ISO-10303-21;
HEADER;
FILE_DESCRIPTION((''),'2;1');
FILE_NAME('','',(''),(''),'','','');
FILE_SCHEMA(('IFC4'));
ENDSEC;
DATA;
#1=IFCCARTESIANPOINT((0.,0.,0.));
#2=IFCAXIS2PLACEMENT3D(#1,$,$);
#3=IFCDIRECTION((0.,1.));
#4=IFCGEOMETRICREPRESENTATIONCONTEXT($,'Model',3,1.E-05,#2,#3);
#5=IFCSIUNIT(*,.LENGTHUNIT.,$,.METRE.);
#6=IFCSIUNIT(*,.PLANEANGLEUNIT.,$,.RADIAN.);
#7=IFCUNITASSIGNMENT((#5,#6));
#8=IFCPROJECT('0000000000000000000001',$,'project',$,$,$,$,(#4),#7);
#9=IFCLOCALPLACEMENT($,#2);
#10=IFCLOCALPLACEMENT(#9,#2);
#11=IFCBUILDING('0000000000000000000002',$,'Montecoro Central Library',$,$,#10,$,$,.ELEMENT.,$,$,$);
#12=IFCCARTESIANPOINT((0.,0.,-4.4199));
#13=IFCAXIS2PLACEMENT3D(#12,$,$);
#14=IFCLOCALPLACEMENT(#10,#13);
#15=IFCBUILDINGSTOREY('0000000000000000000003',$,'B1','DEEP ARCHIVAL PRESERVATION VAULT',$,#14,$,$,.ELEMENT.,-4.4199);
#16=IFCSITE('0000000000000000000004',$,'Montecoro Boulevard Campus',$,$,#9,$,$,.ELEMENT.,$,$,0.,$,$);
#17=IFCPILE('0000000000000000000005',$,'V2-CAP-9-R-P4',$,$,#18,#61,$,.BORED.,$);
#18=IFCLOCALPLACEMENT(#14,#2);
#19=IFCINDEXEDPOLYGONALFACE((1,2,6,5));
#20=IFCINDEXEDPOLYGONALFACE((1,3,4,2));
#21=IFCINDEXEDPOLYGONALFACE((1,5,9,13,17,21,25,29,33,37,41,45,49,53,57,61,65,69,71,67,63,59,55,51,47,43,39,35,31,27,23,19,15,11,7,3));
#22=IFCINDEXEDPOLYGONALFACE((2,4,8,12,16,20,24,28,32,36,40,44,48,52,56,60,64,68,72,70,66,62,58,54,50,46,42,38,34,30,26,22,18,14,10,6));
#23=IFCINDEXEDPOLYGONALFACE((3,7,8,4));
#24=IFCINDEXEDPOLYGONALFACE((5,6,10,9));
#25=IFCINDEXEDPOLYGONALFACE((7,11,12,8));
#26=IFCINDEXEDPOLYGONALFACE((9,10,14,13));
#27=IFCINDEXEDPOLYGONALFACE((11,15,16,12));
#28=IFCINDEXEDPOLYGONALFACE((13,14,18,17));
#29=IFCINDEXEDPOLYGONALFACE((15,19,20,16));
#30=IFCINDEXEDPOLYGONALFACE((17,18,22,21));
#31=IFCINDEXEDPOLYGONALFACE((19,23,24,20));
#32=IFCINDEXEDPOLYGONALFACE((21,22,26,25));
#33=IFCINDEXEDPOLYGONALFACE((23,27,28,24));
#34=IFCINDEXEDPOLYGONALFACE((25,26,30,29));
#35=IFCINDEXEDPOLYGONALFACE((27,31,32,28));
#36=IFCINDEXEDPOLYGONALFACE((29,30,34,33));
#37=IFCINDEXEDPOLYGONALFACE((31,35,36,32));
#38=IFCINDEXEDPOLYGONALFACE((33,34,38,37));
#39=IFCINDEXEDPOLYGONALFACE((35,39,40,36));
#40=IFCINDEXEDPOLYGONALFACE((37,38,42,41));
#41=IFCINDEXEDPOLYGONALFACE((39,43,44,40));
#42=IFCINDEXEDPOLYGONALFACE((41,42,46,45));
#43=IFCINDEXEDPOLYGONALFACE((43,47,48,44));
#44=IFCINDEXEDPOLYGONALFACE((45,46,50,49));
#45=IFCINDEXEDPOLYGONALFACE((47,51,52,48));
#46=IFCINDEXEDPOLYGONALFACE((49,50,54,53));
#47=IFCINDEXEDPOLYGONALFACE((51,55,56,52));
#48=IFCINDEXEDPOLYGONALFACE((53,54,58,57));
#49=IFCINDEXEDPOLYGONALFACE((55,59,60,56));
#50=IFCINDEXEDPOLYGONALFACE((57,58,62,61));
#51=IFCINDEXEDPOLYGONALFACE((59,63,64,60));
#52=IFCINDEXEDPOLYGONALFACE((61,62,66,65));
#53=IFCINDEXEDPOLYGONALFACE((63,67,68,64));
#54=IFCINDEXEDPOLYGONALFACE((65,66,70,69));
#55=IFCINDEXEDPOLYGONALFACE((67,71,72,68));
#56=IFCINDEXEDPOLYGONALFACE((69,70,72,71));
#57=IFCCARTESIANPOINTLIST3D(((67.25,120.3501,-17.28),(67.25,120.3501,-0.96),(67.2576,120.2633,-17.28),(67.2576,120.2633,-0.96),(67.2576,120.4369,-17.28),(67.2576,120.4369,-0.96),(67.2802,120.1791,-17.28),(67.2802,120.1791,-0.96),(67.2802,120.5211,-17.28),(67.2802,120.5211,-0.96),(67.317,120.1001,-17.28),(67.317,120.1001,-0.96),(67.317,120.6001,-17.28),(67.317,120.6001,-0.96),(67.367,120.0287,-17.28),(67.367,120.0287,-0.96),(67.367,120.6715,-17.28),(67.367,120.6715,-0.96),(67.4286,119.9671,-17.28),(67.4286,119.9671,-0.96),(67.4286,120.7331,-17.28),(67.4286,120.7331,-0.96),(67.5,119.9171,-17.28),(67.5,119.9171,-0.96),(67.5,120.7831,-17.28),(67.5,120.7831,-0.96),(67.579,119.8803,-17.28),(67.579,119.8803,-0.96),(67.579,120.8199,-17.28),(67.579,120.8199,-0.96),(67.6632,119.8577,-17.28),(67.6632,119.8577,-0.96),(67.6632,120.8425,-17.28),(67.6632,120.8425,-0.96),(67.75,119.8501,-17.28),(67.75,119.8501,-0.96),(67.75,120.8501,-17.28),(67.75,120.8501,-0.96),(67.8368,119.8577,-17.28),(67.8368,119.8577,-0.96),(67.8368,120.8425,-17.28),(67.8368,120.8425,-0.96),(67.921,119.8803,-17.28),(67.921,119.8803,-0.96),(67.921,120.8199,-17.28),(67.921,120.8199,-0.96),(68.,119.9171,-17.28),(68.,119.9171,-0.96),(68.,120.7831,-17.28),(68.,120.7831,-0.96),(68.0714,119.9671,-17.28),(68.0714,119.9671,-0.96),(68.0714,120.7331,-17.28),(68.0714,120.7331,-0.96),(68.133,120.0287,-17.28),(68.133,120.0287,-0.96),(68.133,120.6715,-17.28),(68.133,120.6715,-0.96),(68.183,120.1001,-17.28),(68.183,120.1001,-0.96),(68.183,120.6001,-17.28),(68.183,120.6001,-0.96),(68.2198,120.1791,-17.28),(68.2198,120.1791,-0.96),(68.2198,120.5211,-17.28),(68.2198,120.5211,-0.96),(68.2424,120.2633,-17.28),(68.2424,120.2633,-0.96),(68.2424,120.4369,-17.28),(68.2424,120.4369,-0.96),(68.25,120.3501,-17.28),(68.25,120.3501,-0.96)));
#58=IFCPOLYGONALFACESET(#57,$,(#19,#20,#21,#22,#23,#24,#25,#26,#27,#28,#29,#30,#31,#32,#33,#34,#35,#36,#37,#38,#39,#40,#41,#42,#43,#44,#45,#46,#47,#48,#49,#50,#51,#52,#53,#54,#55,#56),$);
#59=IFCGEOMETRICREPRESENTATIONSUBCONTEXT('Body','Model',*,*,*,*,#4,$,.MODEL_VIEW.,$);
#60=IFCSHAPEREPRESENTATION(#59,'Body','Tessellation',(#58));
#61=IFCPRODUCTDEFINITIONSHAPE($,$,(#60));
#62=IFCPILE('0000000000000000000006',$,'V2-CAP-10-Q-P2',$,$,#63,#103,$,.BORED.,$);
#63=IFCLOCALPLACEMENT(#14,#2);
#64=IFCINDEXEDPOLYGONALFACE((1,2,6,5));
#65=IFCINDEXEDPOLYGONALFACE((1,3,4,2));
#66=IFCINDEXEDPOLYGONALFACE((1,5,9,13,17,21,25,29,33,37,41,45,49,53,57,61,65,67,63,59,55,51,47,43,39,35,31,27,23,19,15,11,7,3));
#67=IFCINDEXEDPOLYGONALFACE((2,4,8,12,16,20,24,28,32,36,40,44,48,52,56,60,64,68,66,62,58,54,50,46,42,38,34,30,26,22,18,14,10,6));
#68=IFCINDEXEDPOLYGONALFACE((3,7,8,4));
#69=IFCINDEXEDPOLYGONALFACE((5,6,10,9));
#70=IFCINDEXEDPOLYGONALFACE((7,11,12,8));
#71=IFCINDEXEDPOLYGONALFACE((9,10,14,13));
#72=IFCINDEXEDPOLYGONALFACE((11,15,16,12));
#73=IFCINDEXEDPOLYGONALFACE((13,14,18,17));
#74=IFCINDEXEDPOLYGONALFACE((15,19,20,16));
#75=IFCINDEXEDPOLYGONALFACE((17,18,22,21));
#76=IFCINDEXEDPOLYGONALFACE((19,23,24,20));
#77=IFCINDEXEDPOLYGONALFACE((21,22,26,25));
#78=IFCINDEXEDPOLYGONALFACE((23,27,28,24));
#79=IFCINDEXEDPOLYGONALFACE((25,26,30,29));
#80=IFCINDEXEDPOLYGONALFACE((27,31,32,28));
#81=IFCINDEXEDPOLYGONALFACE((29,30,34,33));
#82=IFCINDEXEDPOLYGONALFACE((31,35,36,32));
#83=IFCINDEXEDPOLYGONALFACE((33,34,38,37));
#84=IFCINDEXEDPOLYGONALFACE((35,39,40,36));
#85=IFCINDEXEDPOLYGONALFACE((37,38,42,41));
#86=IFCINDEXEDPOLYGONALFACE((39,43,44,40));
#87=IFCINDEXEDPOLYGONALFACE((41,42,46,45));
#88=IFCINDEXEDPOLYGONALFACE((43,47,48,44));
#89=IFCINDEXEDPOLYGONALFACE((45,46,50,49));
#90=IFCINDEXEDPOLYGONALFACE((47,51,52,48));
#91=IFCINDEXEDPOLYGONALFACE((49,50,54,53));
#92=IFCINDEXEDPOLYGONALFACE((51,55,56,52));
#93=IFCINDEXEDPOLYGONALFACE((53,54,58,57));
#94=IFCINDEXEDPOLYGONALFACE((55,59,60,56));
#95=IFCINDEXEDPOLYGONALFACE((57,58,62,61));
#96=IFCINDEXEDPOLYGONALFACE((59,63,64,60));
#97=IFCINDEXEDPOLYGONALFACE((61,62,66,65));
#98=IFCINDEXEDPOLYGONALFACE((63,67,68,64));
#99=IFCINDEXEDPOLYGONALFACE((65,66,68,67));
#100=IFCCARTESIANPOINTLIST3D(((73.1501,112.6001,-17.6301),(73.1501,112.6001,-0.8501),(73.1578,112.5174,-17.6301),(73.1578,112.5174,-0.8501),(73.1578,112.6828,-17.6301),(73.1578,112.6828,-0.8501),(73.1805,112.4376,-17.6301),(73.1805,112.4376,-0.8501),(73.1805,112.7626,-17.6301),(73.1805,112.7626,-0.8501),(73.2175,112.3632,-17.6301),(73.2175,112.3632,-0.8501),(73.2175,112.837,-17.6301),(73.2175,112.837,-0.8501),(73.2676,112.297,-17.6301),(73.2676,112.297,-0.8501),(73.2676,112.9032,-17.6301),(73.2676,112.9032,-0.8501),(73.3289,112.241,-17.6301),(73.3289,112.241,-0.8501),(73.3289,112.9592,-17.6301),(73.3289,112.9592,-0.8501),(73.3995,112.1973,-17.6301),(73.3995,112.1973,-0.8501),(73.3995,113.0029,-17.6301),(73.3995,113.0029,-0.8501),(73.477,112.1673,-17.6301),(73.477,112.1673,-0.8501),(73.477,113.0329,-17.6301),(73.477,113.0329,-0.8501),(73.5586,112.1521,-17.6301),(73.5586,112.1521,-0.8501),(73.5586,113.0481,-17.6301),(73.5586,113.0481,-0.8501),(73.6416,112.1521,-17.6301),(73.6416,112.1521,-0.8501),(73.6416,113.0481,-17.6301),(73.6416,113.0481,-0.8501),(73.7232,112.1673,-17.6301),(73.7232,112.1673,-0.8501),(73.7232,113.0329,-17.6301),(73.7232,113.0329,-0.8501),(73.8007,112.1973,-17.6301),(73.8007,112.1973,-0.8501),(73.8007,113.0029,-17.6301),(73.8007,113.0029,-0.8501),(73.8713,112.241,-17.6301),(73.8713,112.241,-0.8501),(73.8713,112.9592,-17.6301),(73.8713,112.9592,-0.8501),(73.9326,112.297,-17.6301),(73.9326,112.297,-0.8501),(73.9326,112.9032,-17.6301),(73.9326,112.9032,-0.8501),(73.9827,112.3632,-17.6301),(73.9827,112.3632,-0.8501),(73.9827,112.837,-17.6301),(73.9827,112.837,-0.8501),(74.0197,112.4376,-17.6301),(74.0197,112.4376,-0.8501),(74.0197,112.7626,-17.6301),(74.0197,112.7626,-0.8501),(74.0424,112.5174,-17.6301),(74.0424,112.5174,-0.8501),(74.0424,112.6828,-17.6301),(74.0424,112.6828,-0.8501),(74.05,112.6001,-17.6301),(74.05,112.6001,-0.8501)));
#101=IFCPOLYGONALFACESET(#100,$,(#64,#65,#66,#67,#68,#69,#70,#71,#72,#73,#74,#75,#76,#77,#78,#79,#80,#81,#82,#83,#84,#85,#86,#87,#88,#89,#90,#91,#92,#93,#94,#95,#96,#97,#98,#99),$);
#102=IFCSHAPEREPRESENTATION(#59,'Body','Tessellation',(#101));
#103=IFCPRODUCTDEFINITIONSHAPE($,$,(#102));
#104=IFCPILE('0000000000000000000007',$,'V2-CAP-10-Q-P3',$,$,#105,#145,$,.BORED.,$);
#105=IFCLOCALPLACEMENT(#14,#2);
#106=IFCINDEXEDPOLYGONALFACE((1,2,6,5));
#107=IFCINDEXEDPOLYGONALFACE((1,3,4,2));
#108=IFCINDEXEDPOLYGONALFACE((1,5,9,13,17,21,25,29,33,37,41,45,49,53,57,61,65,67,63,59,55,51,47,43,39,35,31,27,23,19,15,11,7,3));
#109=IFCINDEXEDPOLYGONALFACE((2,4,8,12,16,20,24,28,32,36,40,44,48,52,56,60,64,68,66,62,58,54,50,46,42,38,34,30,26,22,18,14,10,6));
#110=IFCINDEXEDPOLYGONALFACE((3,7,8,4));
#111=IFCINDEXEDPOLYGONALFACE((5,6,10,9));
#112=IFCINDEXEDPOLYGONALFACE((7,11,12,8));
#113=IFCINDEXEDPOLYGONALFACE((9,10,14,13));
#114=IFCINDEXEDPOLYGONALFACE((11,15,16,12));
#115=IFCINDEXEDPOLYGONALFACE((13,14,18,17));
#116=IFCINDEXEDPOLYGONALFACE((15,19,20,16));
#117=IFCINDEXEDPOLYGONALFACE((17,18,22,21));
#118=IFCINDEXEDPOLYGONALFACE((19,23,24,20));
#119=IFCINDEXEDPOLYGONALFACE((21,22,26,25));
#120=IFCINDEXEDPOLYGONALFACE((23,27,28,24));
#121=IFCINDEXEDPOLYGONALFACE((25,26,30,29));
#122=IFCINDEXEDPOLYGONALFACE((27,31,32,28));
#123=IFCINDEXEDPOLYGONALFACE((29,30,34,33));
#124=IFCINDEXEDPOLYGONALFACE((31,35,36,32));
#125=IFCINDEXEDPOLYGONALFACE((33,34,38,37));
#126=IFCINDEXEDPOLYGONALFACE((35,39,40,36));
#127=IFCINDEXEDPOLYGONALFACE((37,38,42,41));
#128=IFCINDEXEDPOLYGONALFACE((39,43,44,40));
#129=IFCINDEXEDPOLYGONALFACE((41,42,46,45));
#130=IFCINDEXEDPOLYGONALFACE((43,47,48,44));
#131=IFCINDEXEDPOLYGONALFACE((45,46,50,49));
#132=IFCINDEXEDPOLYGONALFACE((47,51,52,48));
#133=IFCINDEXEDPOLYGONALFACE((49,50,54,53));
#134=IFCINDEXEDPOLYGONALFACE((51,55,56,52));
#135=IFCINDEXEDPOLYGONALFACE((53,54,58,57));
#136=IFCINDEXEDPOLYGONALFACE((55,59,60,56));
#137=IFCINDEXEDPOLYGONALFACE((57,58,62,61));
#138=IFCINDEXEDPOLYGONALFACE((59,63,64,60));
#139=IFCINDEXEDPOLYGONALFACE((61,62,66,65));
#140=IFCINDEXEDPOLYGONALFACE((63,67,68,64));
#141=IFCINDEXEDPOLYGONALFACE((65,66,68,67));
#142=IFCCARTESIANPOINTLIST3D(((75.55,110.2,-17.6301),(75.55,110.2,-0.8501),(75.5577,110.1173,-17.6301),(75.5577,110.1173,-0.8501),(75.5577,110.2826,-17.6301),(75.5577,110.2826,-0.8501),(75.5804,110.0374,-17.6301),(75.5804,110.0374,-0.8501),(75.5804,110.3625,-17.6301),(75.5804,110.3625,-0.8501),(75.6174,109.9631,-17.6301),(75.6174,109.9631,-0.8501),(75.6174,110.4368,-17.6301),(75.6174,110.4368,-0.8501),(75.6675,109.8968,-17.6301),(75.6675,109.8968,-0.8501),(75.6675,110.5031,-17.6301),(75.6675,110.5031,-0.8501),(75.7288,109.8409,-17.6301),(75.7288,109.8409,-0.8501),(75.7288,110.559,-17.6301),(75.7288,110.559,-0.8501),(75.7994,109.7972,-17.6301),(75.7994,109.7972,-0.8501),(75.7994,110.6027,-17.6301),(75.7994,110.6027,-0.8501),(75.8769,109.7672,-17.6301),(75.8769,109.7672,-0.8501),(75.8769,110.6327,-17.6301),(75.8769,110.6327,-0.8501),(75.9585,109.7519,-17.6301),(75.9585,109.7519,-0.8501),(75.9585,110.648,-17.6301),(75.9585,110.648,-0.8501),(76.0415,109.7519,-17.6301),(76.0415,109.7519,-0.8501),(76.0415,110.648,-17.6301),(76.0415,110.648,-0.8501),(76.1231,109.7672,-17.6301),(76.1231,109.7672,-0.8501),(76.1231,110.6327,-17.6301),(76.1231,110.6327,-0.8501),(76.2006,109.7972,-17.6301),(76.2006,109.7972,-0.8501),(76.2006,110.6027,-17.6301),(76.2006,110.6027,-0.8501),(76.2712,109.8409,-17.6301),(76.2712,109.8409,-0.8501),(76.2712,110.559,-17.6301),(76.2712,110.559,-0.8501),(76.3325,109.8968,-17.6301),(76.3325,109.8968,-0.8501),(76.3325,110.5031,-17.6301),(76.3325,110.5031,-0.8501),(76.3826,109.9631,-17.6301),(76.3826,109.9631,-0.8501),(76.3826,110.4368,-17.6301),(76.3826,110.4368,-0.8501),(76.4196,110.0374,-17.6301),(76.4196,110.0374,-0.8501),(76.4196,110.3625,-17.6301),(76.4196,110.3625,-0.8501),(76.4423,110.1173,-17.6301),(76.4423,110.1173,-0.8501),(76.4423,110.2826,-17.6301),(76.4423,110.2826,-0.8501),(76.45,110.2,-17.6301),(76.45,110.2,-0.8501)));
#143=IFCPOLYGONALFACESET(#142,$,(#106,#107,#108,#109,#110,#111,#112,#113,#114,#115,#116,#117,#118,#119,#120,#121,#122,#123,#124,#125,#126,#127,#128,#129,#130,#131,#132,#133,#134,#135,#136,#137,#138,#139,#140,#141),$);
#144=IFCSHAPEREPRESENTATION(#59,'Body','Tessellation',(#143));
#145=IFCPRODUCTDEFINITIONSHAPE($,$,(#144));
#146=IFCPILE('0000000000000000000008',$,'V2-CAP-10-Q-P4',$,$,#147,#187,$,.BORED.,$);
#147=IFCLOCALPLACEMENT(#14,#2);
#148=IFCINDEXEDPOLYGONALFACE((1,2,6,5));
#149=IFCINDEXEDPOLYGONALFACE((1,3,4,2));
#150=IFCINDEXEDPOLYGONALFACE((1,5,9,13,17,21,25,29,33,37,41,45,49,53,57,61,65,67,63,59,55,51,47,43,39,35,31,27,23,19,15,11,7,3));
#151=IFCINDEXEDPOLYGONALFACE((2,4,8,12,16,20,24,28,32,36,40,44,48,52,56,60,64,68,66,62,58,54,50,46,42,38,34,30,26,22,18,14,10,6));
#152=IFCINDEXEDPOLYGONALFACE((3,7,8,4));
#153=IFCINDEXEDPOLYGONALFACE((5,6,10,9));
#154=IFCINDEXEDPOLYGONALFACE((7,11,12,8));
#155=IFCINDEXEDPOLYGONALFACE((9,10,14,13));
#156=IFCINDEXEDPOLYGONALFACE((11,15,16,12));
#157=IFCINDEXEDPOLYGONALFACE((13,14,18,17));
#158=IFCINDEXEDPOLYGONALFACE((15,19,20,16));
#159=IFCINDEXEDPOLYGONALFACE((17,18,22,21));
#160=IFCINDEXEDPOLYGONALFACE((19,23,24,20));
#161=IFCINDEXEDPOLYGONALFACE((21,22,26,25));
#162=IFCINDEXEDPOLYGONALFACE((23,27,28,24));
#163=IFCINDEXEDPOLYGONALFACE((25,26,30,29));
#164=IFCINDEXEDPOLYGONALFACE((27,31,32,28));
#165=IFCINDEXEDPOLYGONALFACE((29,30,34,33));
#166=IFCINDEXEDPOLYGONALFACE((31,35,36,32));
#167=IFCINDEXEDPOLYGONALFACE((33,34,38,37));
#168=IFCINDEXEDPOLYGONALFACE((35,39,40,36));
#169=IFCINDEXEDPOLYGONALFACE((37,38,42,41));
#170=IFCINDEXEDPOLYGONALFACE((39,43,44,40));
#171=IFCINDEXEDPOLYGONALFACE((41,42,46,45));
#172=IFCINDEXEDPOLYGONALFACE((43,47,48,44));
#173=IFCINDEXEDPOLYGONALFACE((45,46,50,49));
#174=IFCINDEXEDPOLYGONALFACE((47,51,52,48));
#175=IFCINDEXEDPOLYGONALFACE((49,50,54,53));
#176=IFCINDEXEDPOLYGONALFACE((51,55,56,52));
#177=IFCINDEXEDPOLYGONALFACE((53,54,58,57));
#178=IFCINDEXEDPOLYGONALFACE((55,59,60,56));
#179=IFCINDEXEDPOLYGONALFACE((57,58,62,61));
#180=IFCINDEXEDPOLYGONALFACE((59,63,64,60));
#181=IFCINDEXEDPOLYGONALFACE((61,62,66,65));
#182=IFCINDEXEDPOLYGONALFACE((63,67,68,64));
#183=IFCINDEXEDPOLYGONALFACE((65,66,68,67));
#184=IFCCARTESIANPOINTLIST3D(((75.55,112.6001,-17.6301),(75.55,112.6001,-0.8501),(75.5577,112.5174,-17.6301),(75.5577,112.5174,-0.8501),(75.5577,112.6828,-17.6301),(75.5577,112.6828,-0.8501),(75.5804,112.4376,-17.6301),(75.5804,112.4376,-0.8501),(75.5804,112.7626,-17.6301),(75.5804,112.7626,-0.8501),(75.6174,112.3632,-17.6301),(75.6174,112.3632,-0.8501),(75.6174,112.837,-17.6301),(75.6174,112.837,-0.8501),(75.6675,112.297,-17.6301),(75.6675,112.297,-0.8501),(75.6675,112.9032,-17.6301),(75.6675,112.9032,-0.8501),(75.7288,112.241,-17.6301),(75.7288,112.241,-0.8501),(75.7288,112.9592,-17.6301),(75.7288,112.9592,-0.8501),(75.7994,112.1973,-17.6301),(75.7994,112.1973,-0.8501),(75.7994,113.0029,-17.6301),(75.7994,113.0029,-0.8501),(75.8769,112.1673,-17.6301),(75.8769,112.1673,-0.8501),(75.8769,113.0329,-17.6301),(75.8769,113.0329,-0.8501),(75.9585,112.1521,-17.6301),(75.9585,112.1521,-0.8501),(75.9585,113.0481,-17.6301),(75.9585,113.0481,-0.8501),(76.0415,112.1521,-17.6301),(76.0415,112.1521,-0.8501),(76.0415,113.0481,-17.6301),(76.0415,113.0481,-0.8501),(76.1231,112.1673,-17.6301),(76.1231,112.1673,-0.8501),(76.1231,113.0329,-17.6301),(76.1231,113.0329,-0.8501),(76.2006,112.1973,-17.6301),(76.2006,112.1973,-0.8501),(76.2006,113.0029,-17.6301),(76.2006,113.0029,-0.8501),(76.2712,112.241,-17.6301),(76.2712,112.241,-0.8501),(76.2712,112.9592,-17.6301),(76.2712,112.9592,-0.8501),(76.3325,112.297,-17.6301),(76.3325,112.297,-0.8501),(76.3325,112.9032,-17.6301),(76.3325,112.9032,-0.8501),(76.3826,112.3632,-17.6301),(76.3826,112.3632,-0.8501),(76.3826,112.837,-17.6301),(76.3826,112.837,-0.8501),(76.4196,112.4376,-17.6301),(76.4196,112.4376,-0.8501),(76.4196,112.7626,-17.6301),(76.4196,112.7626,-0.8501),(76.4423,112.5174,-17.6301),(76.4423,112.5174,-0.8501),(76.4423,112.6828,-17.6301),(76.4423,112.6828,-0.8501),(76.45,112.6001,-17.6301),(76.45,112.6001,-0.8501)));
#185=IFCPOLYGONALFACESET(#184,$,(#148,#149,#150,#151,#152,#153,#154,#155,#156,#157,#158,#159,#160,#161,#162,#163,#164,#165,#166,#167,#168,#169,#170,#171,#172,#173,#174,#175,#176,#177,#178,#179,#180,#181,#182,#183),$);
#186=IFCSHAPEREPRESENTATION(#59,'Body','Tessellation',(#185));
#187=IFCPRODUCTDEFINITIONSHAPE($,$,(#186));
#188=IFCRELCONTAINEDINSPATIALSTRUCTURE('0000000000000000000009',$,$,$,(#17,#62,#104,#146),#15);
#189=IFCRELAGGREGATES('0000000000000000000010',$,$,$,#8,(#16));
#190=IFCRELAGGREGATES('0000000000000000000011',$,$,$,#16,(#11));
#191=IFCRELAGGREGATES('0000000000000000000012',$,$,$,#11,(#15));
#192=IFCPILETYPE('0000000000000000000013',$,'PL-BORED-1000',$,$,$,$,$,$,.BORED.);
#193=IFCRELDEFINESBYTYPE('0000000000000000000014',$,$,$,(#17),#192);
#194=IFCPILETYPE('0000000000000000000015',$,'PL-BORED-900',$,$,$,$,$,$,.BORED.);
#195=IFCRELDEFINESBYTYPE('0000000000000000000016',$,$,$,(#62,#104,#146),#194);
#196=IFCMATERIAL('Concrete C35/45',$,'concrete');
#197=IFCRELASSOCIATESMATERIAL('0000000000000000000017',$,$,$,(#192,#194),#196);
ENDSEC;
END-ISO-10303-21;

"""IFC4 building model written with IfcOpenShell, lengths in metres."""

from ifc_helpers import new_model, si_unit, direction, frame, origin, origin_2d, place, context, subcontext, project, spatial, circle, extrude, material, material_profile, profile_set, type_object, element, save


model = new_model("IFC4")

# Units and contexts
model_context = context("Model", 3, precision=1e-05, world=origin(), true_north=direction((0.0, 1.0)))
body_context = subcontext(model_context, "Body", "Model", "MODEL_VIEW")
ifc_project = project(units=[si_unit("LENGTHUNIT", "METRE"), si_unit("PLANEANGLEUNIT", "RADIAN")], contexts=[model_context])

# Site, building, storey
site_placement = place(None, origin())
site = spatial("IfcSite", under=ifc_project, at=site_placement, Name="Montecoro Boulevard Campus", CompositionType="ELEMENT", RefElevation=0.0)
building_placement = place(site_placement, origin())
building = spatial("IfcBuilding", under=site, at=building_placement, Name="Montecoro Central Library", CompositionType="ELEMENT")
storey_placement = place(building_placement, frame((0.0, 0.0, -4.4199)))
storey = spatial("IfcBuildingStorey", under=building, at=storey_placement, Name="B1", Description="DEEP ARCHIVAL PRESERVATION VAULT", CompositionType="ELEMENT", Elevation=-4.4199)

# Shared definitions
ifc_material_1 = material(Name="Concrete C35/45", Category="concrete")

# Piles
ifc_material_profile_1 = material_profile(ifc_material_1, circle(Radius=0.5, at=origin_2d()), Name="PILE D1000")
ifc_profile_set_1 = profile_set([ifc_material_profile_1], Name="Concrete C35/45")
pile_type_1 = type_object("IfcPileType", Name="PL-BORED-1000", PredefinedType="BORED", material=ifc_profile_set_1)
for number, where, z_axis, x_axis, name in (
    (1, (67.75, 120.3501, -0.96), (0.0, 0.0, -1.0), (1.0, 0.0, 0.0), "V2-CAP-9-R-P4"),
):
    element("IfcPile", number, at=place(storey_placement, frame(where, z_axis=z_axis, x_axis=x_axis)), inside=storey, type_object=pile_type_1, Name=name, PredefinedType="BORED", context=body_context, shape_type="SweptSolid", body=[
        extrude(circle(Radius=0.5, at=origin_2d()), origin(), (0.0, 0.0, 1.0), 16.3201),
    ])
ifc_material_profile_2 = material_profile(ifc_material_1, circle(Radius=0.45, at=origin_2d()), Name="PILE D900")
ifc_profile_set_2 = profile_set([ifc_material_profile_2], Name="Concrete C35/45")
pile_type_2 = type_object("IfcPileType", Name="PL-BORED-900", PredefinedType="BORED", material=ifc_profile_set_2)
for number, where, z_axis, x_axis, name in (
    (2, (73.6001, 112.6001, -0.8501), (0.0, 0.0, -1.0), (1.0, 0.0, 0.0), "V2-CAP-10-Q-P2"),
    (3, (76.0, 110.2, -0.8501), (0.0, 0.0, -1.0), (1.0, 0.0, 0.0), "V2-CAP-10-Q-P3"),
    (4, (76.0, 112.6001, -0.8501), (0.0, 0.0, -1.0), (1.0, 0.0, 0.0), "V2-CAP-10-Q-P4"),
):
    element("IfcPile", number, at=place(storey_placement, frame(where, z_axis=z_axis, x_axis=x_axis)), inside=storey, type_object=pile_type_2, Name=name, PredefinedType="BORED", context=body_context, shape_type="SweptSolid", body=[
        extrude(circle(Radius=0.45, at=origin_2d()), origin(), (0.0, 0.0, 1.0), 16.78),
    ])

save(model, "model.ifc")
